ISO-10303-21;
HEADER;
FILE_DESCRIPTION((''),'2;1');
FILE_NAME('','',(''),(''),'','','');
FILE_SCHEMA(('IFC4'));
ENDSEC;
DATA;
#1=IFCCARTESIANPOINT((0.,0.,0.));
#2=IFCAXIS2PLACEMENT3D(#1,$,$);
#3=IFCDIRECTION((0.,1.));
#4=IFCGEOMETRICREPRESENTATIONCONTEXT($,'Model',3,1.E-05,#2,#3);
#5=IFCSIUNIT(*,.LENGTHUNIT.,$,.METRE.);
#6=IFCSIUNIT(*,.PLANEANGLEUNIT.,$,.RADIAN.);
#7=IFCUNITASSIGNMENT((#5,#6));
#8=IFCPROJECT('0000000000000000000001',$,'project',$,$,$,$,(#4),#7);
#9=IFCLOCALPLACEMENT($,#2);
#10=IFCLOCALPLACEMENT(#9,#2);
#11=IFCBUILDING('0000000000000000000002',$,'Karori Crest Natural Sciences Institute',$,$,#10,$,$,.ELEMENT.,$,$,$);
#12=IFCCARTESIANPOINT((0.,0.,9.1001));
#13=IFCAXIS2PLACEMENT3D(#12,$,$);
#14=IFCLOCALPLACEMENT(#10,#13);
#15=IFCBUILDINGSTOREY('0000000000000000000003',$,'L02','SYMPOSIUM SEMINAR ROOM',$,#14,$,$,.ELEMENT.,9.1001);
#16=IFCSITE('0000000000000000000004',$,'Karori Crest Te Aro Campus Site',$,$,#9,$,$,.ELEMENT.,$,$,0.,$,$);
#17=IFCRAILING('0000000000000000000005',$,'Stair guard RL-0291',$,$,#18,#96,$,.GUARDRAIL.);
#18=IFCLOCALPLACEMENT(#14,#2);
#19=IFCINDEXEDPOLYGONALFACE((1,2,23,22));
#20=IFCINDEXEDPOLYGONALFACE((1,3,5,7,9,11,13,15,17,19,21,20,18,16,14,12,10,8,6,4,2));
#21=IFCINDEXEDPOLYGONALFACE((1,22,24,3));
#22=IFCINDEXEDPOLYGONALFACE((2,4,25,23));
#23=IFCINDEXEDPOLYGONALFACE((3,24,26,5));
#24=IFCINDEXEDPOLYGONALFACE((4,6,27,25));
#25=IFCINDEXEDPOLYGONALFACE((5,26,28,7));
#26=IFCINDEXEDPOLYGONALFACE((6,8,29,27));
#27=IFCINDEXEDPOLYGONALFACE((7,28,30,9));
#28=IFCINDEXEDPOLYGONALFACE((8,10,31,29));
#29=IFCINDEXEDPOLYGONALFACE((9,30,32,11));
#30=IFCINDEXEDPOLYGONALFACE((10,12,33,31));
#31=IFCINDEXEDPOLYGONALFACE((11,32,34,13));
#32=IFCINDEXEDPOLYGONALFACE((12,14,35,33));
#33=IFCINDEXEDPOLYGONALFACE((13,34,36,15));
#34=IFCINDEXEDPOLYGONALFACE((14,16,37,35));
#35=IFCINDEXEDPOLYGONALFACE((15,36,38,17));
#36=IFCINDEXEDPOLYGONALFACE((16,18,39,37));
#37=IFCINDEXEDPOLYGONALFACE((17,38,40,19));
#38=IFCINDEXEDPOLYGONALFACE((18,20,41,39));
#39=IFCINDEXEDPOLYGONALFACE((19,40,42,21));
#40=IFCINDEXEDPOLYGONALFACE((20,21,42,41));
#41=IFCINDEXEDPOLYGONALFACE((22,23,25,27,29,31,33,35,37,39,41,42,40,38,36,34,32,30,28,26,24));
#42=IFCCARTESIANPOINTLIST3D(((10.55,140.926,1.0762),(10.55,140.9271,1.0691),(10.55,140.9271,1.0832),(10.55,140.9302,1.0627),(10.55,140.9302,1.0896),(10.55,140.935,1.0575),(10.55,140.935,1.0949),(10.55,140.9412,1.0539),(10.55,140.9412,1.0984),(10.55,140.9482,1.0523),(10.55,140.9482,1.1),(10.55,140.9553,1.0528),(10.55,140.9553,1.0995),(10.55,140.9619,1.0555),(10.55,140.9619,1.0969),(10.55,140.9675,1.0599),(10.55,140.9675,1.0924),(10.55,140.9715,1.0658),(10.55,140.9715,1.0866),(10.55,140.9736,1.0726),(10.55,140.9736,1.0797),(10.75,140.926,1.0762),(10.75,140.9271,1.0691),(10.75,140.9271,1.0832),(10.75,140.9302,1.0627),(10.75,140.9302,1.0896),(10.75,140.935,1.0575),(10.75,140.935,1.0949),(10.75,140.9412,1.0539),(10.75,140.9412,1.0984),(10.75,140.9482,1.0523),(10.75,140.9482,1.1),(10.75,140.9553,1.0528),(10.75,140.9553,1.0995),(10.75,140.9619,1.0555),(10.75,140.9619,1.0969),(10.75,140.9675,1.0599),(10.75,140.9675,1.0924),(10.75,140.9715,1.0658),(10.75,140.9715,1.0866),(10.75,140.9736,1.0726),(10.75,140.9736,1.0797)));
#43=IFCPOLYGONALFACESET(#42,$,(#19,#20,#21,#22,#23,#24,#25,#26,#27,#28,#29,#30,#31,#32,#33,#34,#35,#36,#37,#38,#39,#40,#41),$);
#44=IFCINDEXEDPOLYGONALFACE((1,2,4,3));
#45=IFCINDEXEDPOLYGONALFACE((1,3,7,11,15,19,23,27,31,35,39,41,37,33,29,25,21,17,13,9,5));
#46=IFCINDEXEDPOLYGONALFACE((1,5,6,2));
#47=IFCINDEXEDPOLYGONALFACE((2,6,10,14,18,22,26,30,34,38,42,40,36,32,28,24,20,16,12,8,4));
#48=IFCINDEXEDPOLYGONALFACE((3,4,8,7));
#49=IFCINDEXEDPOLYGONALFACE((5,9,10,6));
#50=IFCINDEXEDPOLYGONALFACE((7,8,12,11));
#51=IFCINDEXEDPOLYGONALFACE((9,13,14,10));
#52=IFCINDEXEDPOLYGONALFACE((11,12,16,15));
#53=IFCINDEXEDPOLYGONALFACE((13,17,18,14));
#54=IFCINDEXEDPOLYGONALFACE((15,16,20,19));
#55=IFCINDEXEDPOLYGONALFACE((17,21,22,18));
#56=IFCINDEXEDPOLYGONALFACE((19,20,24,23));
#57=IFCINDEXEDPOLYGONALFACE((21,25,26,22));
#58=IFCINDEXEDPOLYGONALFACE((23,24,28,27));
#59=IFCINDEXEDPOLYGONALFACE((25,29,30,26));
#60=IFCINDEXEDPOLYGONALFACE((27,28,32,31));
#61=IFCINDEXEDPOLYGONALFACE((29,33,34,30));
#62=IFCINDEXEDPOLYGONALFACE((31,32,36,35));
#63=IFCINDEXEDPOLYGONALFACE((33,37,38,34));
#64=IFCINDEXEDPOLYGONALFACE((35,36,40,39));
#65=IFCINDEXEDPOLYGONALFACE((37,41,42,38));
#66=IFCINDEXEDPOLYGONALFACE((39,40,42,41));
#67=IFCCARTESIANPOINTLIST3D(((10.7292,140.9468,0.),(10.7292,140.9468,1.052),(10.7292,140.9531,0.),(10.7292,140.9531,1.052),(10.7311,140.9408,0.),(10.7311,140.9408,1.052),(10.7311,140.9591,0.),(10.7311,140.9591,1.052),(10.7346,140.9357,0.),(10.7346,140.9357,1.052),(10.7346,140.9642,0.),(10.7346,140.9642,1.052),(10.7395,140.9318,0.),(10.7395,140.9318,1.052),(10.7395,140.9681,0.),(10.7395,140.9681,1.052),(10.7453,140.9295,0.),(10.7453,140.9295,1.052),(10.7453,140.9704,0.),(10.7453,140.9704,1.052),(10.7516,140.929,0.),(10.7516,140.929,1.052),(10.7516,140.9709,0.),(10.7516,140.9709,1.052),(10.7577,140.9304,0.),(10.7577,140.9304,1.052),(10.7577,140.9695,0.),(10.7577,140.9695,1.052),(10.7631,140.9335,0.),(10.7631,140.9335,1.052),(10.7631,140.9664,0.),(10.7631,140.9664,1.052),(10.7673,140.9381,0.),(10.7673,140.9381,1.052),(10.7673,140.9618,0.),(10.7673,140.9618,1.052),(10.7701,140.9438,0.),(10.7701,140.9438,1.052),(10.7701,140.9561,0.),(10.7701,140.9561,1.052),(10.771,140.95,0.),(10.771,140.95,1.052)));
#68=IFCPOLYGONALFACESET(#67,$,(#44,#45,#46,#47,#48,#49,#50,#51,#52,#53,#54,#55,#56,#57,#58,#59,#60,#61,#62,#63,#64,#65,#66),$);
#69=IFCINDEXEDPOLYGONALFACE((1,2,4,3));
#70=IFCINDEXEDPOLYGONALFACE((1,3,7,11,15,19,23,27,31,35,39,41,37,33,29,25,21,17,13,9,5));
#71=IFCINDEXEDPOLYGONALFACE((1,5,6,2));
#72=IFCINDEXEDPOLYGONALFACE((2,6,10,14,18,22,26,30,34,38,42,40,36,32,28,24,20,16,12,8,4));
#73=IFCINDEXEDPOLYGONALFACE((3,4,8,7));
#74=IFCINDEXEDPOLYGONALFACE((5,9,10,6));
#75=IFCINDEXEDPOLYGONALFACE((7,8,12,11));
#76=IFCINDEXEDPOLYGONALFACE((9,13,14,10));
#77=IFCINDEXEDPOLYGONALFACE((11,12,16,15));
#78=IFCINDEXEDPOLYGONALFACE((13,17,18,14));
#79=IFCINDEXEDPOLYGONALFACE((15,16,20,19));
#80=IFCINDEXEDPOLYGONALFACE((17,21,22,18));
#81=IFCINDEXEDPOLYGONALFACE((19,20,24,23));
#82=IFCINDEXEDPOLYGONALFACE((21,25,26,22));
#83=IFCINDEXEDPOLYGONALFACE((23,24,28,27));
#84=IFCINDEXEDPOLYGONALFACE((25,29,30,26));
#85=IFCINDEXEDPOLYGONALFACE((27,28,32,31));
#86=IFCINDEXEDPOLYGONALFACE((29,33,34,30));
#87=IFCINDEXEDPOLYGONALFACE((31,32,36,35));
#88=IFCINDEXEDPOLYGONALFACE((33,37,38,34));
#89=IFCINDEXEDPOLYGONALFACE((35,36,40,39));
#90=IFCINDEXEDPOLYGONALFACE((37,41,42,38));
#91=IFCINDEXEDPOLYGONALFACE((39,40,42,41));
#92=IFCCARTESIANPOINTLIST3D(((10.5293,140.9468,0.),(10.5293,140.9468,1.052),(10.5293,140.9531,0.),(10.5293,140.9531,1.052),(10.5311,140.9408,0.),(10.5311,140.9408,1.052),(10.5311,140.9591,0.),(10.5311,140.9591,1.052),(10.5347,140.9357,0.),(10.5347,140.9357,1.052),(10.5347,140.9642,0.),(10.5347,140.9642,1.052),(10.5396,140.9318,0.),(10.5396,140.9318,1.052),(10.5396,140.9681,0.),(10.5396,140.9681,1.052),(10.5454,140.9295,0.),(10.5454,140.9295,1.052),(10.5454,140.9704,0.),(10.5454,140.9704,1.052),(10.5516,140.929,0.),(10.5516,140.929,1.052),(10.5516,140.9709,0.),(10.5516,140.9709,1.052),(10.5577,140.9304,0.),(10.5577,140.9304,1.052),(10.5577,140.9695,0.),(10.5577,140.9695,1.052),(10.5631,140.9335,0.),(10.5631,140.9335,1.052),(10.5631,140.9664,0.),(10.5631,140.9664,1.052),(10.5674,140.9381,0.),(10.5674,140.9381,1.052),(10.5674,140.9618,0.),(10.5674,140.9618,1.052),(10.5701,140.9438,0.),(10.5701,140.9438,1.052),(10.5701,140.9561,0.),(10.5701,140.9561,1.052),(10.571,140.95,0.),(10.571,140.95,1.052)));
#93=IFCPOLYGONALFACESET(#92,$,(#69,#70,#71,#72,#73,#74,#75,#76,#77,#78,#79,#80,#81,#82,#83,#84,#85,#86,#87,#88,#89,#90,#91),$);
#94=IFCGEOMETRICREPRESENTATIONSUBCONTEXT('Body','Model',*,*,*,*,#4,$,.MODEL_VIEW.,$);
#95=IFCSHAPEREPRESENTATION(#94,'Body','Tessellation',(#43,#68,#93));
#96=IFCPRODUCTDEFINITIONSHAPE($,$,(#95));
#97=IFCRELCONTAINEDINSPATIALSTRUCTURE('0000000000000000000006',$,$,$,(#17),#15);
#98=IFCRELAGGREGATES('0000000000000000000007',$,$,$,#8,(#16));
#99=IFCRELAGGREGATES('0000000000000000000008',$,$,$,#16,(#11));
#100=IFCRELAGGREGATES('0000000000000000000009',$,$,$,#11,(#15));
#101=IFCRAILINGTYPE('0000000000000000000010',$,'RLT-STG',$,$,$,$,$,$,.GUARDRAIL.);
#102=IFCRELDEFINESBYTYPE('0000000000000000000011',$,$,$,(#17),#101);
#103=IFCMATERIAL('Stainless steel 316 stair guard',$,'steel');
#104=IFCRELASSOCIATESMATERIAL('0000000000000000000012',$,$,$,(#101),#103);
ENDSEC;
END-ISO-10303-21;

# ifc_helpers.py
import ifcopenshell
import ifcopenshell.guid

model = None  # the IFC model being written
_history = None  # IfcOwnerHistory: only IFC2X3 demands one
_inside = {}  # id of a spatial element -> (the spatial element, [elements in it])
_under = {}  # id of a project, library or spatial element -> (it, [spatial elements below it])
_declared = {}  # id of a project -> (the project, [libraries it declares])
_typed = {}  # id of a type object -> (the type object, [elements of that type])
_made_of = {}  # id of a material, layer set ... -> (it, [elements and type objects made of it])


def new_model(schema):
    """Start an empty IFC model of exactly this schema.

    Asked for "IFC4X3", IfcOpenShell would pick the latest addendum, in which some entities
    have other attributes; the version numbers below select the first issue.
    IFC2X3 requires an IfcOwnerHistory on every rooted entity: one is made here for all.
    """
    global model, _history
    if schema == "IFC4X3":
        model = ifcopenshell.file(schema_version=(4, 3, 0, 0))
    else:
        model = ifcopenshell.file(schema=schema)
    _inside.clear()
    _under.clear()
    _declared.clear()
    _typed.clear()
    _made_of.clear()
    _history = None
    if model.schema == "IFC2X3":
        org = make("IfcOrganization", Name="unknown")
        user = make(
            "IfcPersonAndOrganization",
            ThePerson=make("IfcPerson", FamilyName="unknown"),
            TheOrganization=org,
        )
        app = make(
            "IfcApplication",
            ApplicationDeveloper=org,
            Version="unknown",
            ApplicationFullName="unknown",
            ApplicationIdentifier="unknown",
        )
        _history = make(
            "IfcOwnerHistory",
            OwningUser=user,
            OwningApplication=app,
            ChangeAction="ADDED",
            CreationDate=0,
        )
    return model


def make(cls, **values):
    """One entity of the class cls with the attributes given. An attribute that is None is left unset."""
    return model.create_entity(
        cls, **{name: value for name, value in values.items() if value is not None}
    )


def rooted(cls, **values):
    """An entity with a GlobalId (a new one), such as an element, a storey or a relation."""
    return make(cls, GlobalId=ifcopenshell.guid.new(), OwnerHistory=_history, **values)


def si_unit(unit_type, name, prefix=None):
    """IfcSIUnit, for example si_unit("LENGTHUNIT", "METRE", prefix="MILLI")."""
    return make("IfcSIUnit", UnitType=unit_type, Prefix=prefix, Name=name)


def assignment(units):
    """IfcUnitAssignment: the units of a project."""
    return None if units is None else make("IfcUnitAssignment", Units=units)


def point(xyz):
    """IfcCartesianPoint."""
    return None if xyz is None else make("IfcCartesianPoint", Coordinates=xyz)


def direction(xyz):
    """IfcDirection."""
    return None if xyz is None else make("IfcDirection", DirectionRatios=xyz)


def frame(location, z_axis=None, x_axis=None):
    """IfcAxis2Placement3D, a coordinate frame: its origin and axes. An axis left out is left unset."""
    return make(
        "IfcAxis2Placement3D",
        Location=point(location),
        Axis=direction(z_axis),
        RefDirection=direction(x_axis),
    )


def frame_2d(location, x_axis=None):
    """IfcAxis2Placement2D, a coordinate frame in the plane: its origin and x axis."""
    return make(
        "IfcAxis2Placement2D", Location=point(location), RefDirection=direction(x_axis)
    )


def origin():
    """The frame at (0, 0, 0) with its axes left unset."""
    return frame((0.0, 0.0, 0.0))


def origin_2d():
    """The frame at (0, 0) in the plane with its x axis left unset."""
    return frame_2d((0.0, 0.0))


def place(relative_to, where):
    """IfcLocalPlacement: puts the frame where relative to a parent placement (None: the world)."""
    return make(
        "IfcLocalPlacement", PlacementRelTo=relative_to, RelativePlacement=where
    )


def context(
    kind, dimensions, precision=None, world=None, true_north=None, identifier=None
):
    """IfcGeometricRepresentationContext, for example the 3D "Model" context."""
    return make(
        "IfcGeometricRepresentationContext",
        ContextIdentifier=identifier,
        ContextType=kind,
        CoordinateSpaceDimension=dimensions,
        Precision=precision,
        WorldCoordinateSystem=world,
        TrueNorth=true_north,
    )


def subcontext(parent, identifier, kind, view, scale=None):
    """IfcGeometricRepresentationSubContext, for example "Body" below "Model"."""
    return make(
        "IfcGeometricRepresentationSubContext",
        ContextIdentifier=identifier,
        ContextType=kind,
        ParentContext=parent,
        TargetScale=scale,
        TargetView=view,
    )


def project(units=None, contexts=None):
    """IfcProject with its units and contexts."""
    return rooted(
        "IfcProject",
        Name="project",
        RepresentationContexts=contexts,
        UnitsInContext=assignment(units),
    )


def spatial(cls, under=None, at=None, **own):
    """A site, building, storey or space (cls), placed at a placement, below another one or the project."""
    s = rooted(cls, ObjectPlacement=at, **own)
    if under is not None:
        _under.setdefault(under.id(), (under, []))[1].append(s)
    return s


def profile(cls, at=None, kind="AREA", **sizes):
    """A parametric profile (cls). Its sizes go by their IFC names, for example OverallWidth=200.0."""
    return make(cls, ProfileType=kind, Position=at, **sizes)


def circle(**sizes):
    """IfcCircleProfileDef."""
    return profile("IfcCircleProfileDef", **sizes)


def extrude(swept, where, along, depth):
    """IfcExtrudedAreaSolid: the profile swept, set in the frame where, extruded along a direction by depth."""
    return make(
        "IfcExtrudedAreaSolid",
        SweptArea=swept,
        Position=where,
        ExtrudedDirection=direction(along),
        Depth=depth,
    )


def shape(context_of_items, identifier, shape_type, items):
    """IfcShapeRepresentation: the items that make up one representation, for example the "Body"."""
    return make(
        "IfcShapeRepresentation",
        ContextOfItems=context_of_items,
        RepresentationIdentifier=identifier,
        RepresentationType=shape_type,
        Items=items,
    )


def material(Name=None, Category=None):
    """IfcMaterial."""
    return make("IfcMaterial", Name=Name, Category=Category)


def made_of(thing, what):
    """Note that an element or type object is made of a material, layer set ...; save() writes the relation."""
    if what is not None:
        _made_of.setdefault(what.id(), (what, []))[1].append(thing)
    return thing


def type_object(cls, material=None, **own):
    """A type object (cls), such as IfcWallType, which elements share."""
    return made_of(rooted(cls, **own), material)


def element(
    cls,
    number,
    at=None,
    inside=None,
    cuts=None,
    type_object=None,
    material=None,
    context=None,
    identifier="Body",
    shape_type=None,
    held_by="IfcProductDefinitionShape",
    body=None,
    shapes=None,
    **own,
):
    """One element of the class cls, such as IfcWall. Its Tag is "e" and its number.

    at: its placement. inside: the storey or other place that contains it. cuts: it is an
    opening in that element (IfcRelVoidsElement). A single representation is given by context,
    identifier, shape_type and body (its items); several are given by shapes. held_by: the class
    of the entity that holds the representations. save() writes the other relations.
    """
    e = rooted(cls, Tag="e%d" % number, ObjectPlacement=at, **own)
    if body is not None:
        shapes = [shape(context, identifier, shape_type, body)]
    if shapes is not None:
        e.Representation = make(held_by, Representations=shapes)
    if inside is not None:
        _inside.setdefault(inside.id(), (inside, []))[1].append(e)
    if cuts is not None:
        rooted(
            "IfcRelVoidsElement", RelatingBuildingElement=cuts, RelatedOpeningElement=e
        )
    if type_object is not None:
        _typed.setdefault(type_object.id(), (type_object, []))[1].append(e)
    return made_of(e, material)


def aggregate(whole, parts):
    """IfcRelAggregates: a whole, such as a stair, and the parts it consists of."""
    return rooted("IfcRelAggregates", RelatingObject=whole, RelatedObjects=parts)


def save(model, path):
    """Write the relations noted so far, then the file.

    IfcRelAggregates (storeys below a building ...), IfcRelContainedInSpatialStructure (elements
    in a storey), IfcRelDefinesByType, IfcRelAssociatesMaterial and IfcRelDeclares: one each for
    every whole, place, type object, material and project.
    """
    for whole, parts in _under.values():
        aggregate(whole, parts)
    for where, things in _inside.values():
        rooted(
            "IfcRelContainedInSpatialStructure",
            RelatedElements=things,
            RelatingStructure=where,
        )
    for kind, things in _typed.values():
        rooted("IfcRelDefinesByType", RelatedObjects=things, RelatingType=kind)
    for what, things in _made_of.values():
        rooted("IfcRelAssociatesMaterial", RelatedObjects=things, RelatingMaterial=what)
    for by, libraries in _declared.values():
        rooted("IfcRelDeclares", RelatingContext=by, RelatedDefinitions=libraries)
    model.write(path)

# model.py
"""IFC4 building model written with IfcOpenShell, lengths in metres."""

from ifc_helpers import new_model, si_unit, direction, frame, origin, origin_2d, place, context, subcontext, project, spatial, circle, extrude, material, type_object, element, save


model = new_model("IFC4")

# Units and contexts
model_context = context("Model", 3, precision=1e-05, world=origin(), true_north=direction((0.0, 1.0)))
body_context = subcontext(model_context, "Body", "Model", "MODEL_VIEW")
ifc_project = project(units=[si_unit("LENGTHUNIT", "METRE"), si_unit("PLANEANGLEUNIT", "RADIAN")], contexts=[model_context])

# Site, building, storey
site_placement = place(None, origin())
site = spatial("IfcSite", under=ifc_project, at=site_placement, Name="Karori Crest Te Aro Campus Site", CompositionType="ELEMENT", RefElevation=0.0)
building_placement = place(site_placement, origin())
building = spatial("IfcBuilding", under=site, at=building_placement, Name="Karori Crest Natural Sciences Institute", CompositionType="ELEMENT")
storey_placement = place(building_placement, frame((0.0, 0.0, 9.1001)))
storey = spatial("IfcBuildingStorey", under=building, at=storey_placement, Name="L02", Description="SYMPOSIUM SEMINAR ROOM", CompositionType="ELEMENT", Elevation=9.1001)

# Railing
ifc_material_1 = material(Name="Stainless steel 316 stair guard", Category="steel")
railing_type_1 = type_object("IfcRailingType", Name="RLT-STG", PredefinedType="GUARDRAIL", material=ifc_material_1)
railing_1_placement = place(storey_placement, frame((10.75, 140.95, 0.0)))
element("IfcRailing", 1, at=railing_1_placement, inside=storey, type_object=railing_type_1, Name="Stair guard RL-0291", PredefinedType="GUARDRAIL", context=body_context, shape_type="SweptSolid", body=[
    extrude(circle(Radius=0.0239, at=origin_2d()), frame((0.0, 0.0, 1.0762), z_axis=(-1.0, 0.0, 0.0), x_axis=(0.0, -1.0, 0.0)), (0.0, 0.0, 1.0), 0.2),
    extrude(circle(Radius=0.021, at=origin_2d()), origin(), (0.0, 0.0, 1.0), 1.052),
    extrude(circle(Radius=0.021, at=origin_2d()), frame((-0.2, 0.0, 0.0)), (0.0, 0.0, 1.0), 1.052),
])

save(model, "model.ifc")
